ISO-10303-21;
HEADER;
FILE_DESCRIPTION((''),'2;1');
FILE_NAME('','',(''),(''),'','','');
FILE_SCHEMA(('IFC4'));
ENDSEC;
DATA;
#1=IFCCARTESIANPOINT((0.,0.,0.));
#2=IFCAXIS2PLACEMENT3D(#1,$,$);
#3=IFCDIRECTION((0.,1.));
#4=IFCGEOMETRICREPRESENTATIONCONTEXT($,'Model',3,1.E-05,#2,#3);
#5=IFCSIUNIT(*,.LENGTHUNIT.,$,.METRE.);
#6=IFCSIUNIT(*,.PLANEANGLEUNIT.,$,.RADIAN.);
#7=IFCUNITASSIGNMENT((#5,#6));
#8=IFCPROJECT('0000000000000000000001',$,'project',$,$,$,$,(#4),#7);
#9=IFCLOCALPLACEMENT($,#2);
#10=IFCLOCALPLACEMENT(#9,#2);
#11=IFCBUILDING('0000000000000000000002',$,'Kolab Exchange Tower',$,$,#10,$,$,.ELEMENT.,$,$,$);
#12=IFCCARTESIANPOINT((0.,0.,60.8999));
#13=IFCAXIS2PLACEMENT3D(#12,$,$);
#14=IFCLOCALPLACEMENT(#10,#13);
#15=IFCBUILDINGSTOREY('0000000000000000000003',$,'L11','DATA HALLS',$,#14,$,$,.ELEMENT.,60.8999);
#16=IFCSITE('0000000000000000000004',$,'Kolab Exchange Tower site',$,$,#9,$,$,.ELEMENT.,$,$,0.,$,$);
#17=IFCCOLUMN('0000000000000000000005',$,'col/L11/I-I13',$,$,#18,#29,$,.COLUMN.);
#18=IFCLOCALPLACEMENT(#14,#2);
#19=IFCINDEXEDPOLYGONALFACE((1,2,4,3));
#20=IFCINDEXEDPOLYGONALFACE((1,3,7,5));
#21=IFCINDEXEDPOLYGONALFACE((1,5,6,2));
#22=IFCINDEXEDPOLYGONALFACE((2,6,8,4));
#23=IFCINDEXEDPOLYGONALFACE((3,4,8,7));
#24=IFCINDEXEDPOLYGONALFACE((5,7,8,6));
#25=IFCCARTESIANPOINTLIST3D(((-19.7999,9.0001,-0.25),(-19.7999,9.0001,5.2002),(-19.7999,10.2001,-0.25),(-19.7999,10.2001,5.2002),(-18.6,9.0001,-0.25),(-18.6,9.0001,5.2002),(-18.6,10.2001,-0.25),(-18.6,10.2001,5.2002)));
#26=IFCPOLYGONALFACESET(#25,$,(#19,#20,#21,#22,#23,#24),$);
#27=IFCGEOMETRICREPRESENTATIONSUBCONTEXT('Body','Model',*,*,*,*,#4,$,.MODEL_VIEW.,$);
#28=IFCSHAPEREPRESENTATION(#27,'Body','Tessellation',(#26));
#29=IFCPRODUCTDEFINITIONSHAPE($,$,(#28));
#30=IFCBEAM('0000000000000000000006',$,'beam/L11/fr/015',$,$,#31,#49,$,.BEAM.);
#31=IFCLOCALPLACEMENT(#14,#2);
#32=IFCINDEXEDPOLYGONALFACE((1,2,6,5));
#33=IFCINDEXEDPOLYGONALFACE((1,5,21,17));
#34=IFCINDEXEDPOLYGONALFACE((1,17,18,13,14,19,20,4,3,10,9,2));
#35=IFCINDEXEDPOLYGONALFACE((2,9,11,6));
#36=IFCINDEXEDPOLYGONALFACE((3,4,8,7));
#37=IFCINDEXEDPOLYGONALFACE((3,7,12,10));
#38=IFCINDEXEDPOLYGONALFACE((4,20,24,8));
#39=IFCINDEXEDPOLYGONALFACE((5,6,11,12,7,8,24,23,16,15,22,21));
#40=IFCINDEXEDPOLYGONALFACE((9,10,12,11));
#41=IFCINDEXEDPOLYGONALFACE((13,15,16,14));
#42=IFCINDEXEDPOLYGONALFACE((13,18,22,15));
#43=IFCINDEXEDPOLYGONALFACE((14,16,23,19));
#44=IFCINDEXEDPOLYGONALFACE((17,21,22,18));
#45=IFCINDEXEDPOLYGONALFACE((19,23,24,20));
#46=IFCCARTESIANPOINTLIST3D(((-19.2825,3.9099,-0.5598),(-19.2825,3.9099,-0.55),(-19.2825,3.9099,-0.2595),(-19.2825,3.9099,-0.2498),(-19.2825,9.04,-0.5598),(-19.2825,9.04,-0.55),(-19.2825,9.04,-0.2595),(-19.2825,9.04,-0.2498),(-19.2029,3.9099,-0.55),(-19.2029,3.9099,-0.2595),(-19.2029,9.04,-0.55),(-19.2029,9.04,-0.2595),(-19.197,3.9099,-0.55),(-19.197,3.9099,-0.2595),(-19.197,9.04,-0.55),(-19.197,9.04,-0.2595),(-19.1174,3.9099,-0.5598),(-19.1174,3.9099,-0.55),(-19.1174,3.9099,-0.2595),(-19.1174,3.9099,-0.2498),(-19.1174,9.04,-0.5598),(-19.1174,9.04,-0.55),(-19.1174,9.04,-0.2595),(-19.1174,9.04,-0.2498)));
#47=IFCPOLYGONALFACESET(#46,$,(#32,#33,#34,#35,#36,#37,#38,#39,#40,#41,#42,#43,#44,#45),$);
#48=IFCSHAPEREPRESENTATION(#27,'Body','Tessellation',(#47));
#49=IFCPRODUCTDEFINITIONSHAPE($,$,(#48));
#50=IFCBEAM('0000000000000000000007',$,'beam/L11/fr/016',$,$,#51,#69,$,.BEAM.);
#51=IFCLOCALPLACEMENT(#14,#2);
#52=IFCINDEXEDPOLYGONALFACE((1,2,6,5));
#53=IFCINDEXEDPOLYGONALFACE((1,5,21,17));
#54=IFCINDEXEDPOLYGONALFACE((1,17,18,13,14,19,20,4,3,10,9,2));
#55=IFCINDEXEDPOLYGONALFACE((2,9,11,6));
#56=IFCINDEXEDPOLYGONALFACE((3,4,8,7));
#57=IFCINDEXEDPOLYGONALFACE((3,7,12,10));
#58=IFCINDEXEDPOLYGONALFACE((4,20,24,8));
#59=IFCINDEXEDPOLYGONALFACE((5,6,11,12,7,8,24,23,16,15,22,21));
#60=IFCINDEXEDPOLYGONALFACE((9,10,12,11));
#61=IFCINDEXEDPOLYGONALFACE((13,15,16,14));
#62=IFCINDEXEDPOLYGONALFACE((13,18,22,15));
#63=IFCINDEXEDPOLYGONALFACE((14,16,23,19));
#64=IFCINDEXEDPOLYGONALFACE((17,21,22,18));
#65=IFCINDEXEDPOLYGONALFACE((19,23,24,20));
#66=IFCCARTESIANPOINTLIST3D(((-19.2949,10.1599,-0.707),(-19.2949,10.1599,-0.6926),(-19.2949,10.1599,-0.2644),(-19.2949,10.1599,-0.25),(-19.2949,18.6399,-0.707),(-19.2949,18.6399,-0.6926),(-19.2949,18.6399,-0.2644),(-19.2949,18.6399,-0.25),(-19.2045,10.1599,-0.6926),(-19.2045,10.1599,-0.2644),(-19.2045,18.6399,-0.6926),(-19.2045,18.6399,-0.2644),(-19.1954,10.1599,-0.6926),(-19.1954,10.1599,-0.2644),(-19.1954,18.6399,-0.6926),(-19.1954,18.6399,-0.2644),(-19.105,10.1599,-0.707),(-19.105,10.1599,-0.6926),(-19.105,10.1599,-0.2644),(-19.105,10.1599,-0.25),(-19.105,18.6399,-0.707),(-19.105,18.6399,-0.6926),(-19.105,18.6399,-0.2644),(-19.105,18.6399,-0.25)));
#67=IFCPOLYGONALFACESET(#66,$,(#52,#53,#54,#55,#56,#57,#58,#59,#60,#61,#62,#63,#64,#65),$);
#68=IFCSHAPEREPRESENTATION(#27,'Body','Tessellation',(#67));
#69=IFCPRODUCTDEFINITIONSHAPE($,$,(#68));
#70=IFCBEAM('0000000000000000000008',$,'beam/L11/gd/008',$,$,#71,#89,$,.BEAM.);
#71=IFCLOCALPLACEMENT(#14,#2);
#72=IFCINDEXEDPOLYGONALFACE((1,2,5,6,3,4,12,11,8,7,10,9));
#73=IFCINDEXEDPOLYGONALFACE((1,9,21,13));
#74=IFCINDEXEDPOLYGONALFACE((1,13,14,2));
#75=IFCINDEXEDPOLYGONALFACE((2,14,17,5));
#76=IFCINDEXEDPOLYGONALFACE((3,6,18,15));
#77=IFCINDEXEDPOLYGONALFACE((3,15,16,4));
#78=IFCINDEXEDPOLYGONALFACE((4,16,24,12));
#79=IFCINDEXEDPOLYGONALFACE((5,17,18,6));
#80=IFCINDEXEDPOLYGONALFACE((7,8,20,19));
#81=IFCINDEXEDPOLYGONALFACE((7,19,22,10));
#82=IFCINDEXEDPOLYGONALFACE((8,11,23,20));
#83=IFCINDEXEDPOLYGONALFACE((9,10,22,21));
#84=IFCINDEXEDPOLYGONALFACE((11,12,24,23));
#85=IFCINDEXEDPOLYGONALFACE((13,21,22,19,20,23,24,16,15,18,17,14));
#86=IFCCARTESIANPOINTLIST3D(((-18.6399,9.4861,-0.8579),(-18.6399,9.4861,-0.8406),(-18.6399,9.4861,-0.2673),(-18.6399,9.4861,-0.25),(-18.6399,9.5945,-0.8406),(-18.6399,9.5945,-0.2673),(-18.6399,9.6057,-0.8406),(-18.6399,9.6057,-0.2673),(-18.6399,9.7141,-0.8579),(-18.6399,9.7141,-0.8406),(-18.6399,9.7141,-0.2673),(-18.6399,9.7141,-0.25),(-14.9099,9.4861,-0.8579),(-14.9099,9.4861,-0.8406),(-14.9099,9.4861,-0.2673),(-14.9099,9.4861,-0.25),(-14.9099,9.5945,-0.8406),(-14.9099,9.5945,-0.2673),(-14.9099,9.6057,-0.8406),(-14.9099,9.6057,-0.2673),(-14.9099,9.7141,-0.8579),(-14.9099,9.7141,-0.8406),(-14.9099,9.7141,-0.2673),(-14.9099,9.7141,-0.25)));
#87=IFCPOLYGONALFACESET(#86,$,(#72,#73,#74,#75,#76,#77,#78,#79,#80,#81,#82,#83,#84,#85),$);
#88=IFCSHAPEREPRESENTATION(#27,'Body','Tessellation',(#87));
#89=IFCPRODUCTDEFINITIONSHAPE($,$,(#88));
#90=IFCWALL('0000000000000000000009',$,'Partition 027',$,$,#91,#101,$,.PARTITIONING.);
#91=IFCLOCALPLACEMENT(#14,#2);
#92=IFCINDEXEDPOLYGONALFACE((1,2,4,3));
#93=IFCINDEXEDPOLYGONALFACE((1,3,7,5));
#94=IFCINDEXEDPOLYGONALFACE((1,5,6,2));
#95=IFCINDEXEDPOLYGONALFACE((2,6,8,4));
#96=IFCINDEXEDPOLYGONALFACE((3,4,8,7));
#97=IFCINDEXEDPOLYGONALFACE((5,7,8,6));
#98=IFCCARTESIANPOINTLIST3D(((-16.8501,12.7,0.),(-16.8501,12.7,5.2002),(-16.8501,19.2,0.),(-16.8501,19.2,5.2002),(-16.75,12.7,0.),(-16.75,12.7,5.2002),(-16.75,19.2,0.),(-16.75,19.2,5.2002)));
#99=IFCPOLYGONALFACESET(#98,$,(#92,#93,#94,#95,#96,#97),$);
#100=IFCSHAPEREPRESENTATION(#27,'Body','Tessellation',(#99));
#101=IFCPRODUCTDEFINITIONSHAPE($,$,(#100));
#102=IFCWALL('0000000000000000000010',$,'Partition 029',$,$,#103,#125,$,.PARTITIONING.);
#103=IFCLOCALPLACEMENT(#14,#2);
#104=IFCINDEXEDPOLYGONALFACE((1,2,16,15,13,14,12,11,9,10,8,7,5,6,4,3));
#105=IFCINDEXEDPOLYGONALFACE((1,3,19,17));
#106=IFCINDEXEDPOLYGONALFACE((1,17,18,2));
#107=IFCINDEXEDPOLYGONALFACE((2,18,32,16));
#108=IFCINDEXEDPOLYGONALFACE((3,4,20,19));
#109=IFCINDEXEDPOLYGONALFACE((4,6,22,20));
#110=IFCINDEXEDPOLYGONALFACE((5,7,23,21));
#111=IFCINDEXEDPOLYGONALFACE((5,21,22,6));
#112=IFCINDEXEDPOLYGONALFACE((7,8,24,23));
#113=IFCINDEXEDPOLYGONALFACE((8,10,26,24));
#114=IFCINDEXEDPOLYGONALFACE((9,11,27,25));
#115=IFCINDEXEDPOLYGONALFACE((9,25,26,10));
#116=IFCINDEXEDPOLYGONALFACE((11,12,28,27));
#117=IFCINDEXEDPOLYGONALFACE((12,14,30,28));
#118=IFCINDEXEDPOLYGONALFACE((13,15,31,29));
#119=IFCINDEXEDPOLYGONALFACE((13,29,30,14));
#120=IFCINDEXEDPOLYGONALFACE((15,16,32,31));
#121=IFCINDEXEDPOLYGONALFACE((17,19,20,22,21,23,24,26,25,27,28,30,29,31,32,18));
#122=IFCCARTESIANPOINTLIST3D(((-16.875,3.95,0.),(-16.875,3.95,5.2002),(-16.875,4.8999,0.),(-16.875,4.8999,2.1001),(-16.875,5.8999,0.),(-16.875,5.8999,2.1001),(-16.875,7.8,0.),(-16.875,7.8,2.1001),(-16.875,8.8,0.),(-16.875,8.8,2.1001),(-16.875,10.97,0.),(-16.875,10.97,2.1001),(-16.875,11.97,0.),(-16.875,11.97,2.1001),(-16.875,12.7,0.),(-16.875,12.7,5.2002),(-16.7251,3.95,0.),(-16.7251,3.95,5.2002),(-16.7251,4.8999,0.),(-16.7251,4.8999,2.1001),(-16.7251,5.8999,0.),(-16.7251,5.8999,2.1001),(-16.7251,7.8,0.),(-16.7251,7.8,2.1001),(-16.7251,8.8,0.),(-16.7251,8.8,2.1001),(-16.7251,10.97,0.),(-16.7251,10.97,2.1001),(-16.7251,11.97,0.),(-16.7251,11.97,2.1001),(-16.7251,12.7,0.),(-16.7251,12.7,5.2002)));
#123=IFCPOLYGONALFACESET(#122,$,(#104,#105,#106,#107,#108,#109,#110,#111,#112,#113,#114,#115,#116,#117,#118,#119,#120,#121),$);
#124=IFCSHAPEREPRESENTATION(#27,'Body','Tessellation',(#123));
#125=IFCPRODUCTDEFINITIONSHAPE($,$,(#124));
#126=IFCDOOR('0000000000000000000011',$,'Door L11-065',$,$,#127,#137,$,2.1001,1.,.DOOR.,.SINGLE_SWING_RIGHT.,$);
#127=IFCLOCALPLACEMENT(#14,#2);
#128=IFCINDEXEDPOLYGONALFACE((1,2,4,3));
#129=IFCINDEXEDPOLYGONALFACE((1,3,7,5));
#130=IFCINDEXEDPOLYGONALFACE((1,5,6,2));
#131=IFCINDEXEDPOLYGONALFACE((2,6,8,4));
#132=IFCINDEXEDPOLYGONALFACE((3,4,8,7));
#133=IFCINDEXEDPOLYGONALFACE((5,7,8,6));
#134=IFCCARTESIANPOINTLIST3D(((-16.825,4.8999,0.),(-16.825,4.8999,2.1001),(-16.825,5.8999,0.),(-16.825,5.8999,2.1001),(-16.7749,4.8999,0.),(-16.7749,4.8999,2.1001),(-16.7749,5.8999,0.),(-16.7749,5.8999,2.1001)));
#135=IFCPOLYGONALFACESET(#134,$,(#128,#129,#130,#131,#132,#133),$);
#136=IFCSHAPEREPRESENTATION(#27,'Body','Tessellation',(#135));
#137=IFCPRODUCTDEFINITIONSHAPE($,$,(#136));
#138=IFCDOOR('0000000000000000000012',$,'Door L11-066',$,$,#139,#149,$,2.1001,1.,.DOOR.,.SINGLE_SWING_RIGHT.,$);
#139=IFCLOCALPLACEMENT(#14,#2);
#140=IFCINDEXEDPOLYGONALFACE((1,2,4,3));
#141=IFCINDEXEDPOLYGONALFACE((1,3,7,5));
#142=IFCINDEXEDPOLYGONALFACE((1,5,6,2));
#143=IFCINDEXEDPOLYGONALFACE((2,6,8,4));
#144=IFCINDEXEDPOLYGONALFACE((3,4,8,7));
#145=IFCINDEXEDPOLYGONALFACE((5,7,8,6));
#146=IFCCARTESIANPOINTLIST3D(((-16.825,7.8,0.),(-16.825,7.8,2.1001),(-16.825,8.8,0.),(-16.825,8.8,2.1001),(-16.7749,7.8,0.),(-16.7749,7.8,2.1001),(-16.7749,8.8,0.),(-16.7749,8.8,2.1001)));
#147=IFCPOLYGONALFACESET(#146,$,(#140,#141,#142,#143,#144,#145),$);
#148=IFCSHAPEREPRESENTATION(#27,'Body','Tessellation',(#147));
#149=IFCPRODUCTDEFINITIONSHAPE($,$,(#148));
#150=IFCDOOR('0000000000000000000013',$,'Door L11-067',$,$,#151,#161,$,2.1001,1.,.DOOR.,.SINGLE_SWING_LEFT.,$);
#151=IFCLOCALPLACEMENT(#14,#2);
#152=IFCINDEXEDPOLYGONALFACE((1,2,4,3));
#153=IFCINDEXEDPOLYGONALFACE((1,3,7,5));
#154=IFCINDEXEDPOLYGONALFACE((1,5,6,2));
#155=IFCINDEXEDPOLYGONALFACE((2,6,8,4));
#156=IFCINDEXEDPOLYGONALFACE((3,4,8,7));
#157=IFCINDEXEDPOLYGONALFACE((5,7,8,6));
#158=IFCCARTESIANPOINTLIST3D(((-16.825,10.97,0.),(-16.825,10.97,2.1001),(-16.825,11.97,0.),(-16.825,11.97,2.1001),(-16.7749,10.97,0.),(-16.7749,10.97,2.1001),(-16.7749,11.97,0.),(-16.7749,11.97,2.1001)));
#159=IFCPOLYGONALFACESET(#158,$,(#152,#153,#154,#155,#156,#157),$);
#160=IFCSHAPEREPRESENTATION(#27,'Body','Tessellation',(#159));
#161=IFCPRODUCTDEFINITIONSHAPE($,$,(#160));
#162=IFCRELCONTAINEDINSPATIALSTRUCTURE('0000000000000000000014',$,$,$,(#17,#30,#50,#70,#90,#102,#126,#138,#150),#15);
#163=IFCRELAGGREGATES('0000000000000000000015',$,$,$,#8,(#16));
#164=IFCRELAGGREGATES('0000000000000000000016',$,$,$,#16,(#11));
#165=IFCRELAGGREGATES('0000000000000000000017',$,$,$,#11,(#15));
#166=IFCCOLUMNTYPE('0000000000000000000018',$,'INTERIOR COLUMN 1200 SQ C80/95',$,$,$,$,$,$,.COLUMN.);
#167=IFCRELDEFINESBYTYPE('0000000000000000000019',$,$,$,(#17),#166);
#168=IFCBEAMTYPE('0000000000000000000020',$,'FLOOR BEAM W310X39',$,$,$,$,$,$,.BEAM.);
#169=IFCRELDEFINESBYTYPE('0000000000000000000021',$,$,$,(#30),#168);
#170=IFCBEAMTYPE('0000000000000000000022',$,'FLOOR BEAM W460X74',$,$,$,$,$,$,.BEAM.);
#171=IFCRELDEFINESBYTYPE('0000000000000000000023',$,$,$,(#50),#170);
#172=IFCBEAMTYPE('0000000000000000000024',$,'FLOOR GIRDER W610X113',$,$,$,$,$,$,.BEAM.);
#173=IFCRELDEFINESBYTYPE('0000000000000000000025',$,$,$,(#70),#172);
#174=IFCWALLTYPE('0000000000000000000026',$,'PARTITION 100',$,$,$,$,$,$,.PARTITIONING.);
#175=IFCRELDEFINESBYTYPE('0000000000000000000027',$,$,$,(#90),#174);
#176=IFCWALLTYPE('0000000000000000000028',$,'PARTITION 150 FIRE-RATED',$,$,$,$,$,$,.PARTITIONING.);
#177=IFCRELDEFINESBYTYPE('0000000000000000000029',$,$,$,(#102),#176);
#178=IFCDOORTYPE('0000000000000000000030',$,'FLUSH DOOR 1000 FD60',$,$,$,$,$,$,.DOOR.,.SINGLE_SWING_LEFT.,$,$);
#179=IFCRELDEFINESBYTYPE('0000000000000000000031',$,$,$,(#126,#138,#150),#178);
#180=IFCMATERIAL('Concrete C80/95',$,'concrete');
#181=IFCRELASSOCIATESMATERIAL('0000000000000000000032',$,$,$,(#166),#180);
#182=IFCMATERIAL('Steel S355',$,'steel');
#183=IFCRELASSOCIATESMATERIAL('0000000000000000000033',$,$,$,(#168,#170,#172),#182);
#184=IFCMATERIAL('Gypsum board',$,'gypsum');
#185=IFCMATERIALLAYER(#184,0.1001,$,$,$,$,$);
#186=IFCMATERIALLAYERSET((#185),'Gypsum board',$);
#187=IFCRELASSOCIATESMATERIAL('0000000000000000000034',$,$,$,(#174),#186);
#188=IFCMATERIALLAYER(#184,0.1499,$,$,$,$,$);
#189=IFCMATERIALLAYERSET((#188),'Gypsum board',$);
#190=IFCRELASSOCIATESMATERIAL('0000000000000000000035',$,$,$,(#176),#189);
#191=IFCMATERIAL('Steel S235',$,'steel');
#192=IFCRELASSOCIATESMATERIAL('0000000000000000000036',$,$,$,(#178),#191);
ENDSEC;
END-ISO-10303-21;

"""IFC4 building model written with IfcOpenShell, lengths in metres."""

from ifc_helpers import new_model, si_unit, direction, frame, frame_2d, origin, origin_2d, place, context, subcontext, project, spatial, rectangle, i_section, extrude, material, layer, layer_set, material_profile, profile_set, type_object, element, fill, save


model = new_model("IFC4")

# Units and contexts
model_context = context("Model", 3, precision=1e-05, world=origin(), true_north=direction((0.0, 1.0)))
body_context = subcontext(model_context, "Body", "Model", "MODEL_VIEW")
ifc_project = project(units=[si_unit("LENGTHUNIT", "METRE"), si_unit("PLANEANGLEUNIT", "RADIAN")], contexts=[model_context])

# Site, building, storey
site_placement = place(None, origin())
site = spatial("IfcSite", under=ifc_project, at=site_placement, Name="Kolab Exchange Tower site", CompositionType="ELEMENT", RefElevation=0.0)
building_placement = place(site_placement, origin())
building = spatial("IfcBuilding", under=site, at=building_placement, Name="Kolab Exchange Tower", CompositionType="ELEMENT")
storey_placement = place(building_placement, frame((0.0, 0.0, 60.8999)))
storey = spatial("IfcBuildingStorey", under=building, at=storey_placement, Name="L11", Description="DATA HALLS", CompositionType="ELEMENT", Elevation=60.8999)

# Column
ifc_material_1 = material(Name="Concrete C80/95", Category="concrete")
ifc_material_profile_1 = material_profile(ifc_material_1, rectangle(XDim=1.2, YDim=1.2, at=origin_2d()), Name="RC1200")
ifc_profile_set_1 = profile_set([ifc_material_profile_1], Name="Concrete C80/95")
column_type = type_object("IfcColumnType", Name="INTERIOR COLUMN 1200 SQ C80/95", PredefinedType="COLUMN", material=ifc_profile_set_1)
column_placement = place(storey_placement, frame((-19.2, 9.6001, -0.25), z_axis=(0.0, 0.0, 1.0), x_axis=(1.0, 0.0, 0.0)))
element("IfcColumn", 1, at=column_placement, inside=storey, type_object=column_type, Name="col/L11/I-I13", PredefinedType="COLUMN", context=body_context, shape_type="SweptSolid", body=[
    extrude(rectangle(XDim=1.2, YDim=1.2, at=origin_2d()), origin(), (0.0, 0.0, 1.0), 5.4502),
])

# Beams
ifc_material_2 = material(Name="Steel S355", Category="steel")
ifc_material_profile_2 = material_profile(ifc_material_2, i_section(OverallWidth=0.165, OverallDepth=0.3101, WebThickness=0.0059, FlangeThickness=0.0098, at=origin_2d()), Name="W310X39")
ifc_profile_set_2 = profile_set([ifc_material_profile_2], Name="Steel S355")
beam_type_1 = type_object("IfcBeamType", Name="FLOOR BEAM W310X39", PredefinedType="BEAM", material=ifc_profile_set_2)
beam_1_placement = place(storey_placement, frame((-19.2, 3.9099, -0.4048), z_axis=(0.0, 1.0, 0.0), x_axis=(-1.0, 0.0, 0.0)))
element("IfcBeam", 2, at=beam_1_placement, inside=storey, type_object=beam_type_1, Name="beam/L11/fr/015", PredefinedType="BEAM", context=body_context, shape_type="SweptSolid", body=[
    extrude(i_section(OverallWidth=0.165, OverallDepth=0.3101, WebThickness=0.0059, FlangeThickness=0.0098, at=origin_2d()), origin(), (0.0, 0.0, 1.0), 5.1301),
])
ifc_material_profile_3 = material_profile(ifc_material_2, i_section(OverallWidth=0.1899, OverallDepth=0.457, WebThickness=0.009, FlangeThickness=0.0144, at=origin_2d()), Name="W460X74")
ifc_profile_set_3 = profile_set([ifc_material_profile_3], Name="Steel S355")
beam_type_2 = type_object("IfcBeamType", Name="FLOOR BEAM W460X74", PredefinedType="BEAM", material=ifc_profile_set_3)
beam_2_placement = place(storey_placement, frame((-19.2, 10.1599, -0.4785), z_axis=(0.0, 1.0, 0.0), x_axis=(-1.0, 0.0, 0.0)))
element("IfcBeam", 3, at=beam_2_placement, inside=storey, type_object=beam_type_2, Name="beam/L11/fr/016", PredefinedType="BEAM", context=body_context, shape_type="SweptSolid", body=[
    extrude(i_section(OverallWidth=0.1899, OverallDepth=0.457, WebThickness=0.009, FlangeThickness=0.0144, at=origin_2d()), origin(), (0.0, 0.0, 1.0), 8.48),
])
ifc_material_profile_4 = material_profile(ifc_material_2, i_section(OverallWidth=0.228, OverallDepth=0.6079, WebThickness=0.0112, FlangeThickness=0.0173, at=origin_2d()), Name="W610X113")
ifc_profile_set_4 = profile_set([ifc_material_profile_4], Name="Steel S355")
beam_type_3 = type_object("IfcBeamType", Name="FLOOR GIRDER W610X113", PredefinedType="BEAM", material=ifc_profile_set_4)
beam_3_placement = place(storey_placement, frame((-18.6399, 9.6001, -0.554), z_axis=(1.0, 0.0, 0.0), x_axis=(0.0, 1.0, 0.0)))
element("IfcBeam", 4, at=beam_3_placement, inside=storey, type_object=beam_type_3, Name="beam/L11/gd/008", PredefinedType="BEAM", context=body_context, shape_type="SweptSolid", body=[
    extrude(i_section(OverallWidth=0.228, OverallDepth=0.6079, WebThickness=0.0112, FlangeThickness=0.0173, at=origin_2d()), origin(), (0.0, 0.0, 1.0), 3.73),
])

# Wall
ifc_material_3 = material(Name="Gypsum board", Category="gypsum")
ifc_layer_1 = layer(ifc_material_3, 0.1001)
ifc_layer_set_1 = layer_set([ifc_layer_1], Name="Gypsum board")
wall_type_1 = type_object("IfcWallType", Name="PARTITION 100", PredefinedType="PARTITIONING", material=ifc_layer_set_1)
wall_1_placement = place(storey_placement, frame((-16.8, 12.7, 0.0), z_axis=(0.0, 0.0, 1.0), x_axis=(0.0, 1.0, 0.0)))
element("IfcWall", 5, at=wall_1_placement, inside=storey, type_object=wall_type_1, Name="Partition 027", PredefinedType="PARTITIONING", context=body_context, shape_type="SweptSolid", body=[
    extrude(rectangle(XDim=6.5, YDim=0.1001, at=frame_2d((3.25, 0.0))), origin(), (0.0, 0.0, 1.0), 5.2002),
])

# Wall, openings, doors
ifc_layer_2 = layer(ifc_material_3, 0.1499)
ifc_layer_set_2 = layer_set([ifc_layer_2], Name="Gypsum board")
wall_type_2 = type_object("IfcWallType", Name="PARTITION 150 FIRE-RATED", PredefinedType="PARTITIONING", material=ifc_layer_set_2)
wall_2_placement = place(storey_placement, frame((-16.8, 3.95, 0.0), z_axis=(0.0, 0.0, 1.0), x_axis=(0.0, 1.0, 0.0)))
wall_2 = element("IfcWall", 6, at=wall_2_placement, inside=storey, type_object=wall_type_2, Name="Partition 029", PredefinedType="PARTITIONING", context=body_context, shape_type="SweptSolid", body=[
    extrude(rectangle(XDim=8.75, YDim=0.1499, at=frame_2d((4.375, 0.0))), origin(), (0.0, 0.0, 1.0), 5.2002),
])
opening_1_placement = place(wall_2_placement, frame((0.95, 0.0, 0.0)))
opening_1 = element("IfcOpeningElement", 7, at=opening_1_placement, cuts=wall_2, PredefinedType="OPENING", context=body_context, shape_type="SweptSolid", body=[
    extrude(rectangle(XDim=1.0, YDim=2.1001, at=frame_2d((0.5, 1.05))), frame((0.0, 0.085, 0.0), z_axis=(0.0, -1.0, 0.0), x_axis=(1.0, 0.0, 0.0)), (0.0, 0.0, 1.0), 0.1699),
])
opening_2_placement = place(wall_2_placement, frame((3.8501, 0.0, 0.0)))
opening_2 = element("IfcOpeningElement", 8, at=opening_2_placement, cuts=wall_2, PredefinedType="OPENING", context=body_context, shape_type="SweptSolid", body=[
    extrude(rectangle(XDim=1.0, YDim=2.1001, at=frame_2d((0.5, 1.05))), frame((0.0, 0.085, 0.0), z_axis=(0.0, -1.0, 0.0), x_axis=(1.0, 0.0, 0.0)), (0.0, 0.0, 1.0), 0.1699),
])
opening_3_placement = place(wall_2_placement, frame((7.02, 0.0, 0.0)))
opening_3 = element("IfcOpeningElement", 9, at=opening_3_placement, cuts=wall_2, PredefinedType="OPENING", context=body_context, shape_type="SweptSolid", body=[
    extrude(rectangle(XDim=1.0, YDim=2.1001, at=frame_2d((0.5, 1.05))), frame((0.0, 0.085, 0.0), z_axis=(0.0, -1.0, 0.0), x_axis=(1.0, 0.0, 0.0)), (0.0, 0.0, 1.0), 0.1699),
])
ifc_material_4 = material(Name="Steel S235", Category="steel")
door_type_1 = type_object("IfcDoorType", Name="FLUSH DOOR 1000 FD60", OperationType="SINGLE_SWING_LEFT", PredefinedType="DOOR", material=ifc_material_4)
door_1_placement = place(opening_1_placement, origin())
door_1 = element("IfcDoor", 10, at=door_1_placement, inside=storey, type_object=door_type_1, Name="Door L11-065", OperationType="SINGLE_SWING_RIGHT", OverallHeight=2.1001, OverallWidth=1.0, PredefinedType="DOOR", context=body_context, shape_type="SweptSolid", body=[
    extrude(rectangle(XDim=1.0, YDim=2.1001, at=frame_2d((0.5, 1.05))), frame((0.0, 0.0249, 0.0), z_axis=(0.0, -1.0, 0.0), x_axis=(1.0, 0.0, 0.0)), (0.0, 0.0, 1.0), 0.05),
])
fill(opening_1, door_1)
door_2_placement = place(opening_2_placement, origin())
door_2 = element("IfcDoor", 11, at=door_2_placement, inside=storey, type_object=door_type_1, Name="Door L11-066", OperationType="SINGLE_SWING_RIGHT", OverallHeight=2.1001, OverallWidth=1.0, PredefinedType="DOOR", context=body_context, shape_type="SweptSolid", body=[
    extrude(rectangle(XDim=1.0, YDim=2.1001, at=frame_2d((0.5, 1.05))), frame((0.0, 0.0249, 0.0), z_axis=(0.0, -1.0, 0.0), x_axis=(1.0, 0.0, 0.0)), (0.0, 0.0, 1.0), 0.05),
])
fill(opening_2, door_2)
door_3_placement = place(opening_3_placement, origin())
door_3 = element("IfcDoor", 12, at=door_3_placement, inside=storey, type_object=door_type_1, Name="Door L11-067", OperationType="SINGLE_SWING_LEFT", OverallHeight=2.1001, OverallWidth=1.0, PredefinedType="DOOR", context=body_context, shape_type="SweptSolid", body=[
    extrude(rectangle(XDim=1.0, YDim=2.1001, at=frame_2d((0.5, 1.05))), frame((0.0, 0.0249, 0.0), z_axis=(0.0, -1.0, 0.0), x_axis=(1.0, 0.0, 0.0)), (0.0, 0.0, 1.0), 0.05),
])
fill(opening_3, door_3)

save(model, "model.ifc")
